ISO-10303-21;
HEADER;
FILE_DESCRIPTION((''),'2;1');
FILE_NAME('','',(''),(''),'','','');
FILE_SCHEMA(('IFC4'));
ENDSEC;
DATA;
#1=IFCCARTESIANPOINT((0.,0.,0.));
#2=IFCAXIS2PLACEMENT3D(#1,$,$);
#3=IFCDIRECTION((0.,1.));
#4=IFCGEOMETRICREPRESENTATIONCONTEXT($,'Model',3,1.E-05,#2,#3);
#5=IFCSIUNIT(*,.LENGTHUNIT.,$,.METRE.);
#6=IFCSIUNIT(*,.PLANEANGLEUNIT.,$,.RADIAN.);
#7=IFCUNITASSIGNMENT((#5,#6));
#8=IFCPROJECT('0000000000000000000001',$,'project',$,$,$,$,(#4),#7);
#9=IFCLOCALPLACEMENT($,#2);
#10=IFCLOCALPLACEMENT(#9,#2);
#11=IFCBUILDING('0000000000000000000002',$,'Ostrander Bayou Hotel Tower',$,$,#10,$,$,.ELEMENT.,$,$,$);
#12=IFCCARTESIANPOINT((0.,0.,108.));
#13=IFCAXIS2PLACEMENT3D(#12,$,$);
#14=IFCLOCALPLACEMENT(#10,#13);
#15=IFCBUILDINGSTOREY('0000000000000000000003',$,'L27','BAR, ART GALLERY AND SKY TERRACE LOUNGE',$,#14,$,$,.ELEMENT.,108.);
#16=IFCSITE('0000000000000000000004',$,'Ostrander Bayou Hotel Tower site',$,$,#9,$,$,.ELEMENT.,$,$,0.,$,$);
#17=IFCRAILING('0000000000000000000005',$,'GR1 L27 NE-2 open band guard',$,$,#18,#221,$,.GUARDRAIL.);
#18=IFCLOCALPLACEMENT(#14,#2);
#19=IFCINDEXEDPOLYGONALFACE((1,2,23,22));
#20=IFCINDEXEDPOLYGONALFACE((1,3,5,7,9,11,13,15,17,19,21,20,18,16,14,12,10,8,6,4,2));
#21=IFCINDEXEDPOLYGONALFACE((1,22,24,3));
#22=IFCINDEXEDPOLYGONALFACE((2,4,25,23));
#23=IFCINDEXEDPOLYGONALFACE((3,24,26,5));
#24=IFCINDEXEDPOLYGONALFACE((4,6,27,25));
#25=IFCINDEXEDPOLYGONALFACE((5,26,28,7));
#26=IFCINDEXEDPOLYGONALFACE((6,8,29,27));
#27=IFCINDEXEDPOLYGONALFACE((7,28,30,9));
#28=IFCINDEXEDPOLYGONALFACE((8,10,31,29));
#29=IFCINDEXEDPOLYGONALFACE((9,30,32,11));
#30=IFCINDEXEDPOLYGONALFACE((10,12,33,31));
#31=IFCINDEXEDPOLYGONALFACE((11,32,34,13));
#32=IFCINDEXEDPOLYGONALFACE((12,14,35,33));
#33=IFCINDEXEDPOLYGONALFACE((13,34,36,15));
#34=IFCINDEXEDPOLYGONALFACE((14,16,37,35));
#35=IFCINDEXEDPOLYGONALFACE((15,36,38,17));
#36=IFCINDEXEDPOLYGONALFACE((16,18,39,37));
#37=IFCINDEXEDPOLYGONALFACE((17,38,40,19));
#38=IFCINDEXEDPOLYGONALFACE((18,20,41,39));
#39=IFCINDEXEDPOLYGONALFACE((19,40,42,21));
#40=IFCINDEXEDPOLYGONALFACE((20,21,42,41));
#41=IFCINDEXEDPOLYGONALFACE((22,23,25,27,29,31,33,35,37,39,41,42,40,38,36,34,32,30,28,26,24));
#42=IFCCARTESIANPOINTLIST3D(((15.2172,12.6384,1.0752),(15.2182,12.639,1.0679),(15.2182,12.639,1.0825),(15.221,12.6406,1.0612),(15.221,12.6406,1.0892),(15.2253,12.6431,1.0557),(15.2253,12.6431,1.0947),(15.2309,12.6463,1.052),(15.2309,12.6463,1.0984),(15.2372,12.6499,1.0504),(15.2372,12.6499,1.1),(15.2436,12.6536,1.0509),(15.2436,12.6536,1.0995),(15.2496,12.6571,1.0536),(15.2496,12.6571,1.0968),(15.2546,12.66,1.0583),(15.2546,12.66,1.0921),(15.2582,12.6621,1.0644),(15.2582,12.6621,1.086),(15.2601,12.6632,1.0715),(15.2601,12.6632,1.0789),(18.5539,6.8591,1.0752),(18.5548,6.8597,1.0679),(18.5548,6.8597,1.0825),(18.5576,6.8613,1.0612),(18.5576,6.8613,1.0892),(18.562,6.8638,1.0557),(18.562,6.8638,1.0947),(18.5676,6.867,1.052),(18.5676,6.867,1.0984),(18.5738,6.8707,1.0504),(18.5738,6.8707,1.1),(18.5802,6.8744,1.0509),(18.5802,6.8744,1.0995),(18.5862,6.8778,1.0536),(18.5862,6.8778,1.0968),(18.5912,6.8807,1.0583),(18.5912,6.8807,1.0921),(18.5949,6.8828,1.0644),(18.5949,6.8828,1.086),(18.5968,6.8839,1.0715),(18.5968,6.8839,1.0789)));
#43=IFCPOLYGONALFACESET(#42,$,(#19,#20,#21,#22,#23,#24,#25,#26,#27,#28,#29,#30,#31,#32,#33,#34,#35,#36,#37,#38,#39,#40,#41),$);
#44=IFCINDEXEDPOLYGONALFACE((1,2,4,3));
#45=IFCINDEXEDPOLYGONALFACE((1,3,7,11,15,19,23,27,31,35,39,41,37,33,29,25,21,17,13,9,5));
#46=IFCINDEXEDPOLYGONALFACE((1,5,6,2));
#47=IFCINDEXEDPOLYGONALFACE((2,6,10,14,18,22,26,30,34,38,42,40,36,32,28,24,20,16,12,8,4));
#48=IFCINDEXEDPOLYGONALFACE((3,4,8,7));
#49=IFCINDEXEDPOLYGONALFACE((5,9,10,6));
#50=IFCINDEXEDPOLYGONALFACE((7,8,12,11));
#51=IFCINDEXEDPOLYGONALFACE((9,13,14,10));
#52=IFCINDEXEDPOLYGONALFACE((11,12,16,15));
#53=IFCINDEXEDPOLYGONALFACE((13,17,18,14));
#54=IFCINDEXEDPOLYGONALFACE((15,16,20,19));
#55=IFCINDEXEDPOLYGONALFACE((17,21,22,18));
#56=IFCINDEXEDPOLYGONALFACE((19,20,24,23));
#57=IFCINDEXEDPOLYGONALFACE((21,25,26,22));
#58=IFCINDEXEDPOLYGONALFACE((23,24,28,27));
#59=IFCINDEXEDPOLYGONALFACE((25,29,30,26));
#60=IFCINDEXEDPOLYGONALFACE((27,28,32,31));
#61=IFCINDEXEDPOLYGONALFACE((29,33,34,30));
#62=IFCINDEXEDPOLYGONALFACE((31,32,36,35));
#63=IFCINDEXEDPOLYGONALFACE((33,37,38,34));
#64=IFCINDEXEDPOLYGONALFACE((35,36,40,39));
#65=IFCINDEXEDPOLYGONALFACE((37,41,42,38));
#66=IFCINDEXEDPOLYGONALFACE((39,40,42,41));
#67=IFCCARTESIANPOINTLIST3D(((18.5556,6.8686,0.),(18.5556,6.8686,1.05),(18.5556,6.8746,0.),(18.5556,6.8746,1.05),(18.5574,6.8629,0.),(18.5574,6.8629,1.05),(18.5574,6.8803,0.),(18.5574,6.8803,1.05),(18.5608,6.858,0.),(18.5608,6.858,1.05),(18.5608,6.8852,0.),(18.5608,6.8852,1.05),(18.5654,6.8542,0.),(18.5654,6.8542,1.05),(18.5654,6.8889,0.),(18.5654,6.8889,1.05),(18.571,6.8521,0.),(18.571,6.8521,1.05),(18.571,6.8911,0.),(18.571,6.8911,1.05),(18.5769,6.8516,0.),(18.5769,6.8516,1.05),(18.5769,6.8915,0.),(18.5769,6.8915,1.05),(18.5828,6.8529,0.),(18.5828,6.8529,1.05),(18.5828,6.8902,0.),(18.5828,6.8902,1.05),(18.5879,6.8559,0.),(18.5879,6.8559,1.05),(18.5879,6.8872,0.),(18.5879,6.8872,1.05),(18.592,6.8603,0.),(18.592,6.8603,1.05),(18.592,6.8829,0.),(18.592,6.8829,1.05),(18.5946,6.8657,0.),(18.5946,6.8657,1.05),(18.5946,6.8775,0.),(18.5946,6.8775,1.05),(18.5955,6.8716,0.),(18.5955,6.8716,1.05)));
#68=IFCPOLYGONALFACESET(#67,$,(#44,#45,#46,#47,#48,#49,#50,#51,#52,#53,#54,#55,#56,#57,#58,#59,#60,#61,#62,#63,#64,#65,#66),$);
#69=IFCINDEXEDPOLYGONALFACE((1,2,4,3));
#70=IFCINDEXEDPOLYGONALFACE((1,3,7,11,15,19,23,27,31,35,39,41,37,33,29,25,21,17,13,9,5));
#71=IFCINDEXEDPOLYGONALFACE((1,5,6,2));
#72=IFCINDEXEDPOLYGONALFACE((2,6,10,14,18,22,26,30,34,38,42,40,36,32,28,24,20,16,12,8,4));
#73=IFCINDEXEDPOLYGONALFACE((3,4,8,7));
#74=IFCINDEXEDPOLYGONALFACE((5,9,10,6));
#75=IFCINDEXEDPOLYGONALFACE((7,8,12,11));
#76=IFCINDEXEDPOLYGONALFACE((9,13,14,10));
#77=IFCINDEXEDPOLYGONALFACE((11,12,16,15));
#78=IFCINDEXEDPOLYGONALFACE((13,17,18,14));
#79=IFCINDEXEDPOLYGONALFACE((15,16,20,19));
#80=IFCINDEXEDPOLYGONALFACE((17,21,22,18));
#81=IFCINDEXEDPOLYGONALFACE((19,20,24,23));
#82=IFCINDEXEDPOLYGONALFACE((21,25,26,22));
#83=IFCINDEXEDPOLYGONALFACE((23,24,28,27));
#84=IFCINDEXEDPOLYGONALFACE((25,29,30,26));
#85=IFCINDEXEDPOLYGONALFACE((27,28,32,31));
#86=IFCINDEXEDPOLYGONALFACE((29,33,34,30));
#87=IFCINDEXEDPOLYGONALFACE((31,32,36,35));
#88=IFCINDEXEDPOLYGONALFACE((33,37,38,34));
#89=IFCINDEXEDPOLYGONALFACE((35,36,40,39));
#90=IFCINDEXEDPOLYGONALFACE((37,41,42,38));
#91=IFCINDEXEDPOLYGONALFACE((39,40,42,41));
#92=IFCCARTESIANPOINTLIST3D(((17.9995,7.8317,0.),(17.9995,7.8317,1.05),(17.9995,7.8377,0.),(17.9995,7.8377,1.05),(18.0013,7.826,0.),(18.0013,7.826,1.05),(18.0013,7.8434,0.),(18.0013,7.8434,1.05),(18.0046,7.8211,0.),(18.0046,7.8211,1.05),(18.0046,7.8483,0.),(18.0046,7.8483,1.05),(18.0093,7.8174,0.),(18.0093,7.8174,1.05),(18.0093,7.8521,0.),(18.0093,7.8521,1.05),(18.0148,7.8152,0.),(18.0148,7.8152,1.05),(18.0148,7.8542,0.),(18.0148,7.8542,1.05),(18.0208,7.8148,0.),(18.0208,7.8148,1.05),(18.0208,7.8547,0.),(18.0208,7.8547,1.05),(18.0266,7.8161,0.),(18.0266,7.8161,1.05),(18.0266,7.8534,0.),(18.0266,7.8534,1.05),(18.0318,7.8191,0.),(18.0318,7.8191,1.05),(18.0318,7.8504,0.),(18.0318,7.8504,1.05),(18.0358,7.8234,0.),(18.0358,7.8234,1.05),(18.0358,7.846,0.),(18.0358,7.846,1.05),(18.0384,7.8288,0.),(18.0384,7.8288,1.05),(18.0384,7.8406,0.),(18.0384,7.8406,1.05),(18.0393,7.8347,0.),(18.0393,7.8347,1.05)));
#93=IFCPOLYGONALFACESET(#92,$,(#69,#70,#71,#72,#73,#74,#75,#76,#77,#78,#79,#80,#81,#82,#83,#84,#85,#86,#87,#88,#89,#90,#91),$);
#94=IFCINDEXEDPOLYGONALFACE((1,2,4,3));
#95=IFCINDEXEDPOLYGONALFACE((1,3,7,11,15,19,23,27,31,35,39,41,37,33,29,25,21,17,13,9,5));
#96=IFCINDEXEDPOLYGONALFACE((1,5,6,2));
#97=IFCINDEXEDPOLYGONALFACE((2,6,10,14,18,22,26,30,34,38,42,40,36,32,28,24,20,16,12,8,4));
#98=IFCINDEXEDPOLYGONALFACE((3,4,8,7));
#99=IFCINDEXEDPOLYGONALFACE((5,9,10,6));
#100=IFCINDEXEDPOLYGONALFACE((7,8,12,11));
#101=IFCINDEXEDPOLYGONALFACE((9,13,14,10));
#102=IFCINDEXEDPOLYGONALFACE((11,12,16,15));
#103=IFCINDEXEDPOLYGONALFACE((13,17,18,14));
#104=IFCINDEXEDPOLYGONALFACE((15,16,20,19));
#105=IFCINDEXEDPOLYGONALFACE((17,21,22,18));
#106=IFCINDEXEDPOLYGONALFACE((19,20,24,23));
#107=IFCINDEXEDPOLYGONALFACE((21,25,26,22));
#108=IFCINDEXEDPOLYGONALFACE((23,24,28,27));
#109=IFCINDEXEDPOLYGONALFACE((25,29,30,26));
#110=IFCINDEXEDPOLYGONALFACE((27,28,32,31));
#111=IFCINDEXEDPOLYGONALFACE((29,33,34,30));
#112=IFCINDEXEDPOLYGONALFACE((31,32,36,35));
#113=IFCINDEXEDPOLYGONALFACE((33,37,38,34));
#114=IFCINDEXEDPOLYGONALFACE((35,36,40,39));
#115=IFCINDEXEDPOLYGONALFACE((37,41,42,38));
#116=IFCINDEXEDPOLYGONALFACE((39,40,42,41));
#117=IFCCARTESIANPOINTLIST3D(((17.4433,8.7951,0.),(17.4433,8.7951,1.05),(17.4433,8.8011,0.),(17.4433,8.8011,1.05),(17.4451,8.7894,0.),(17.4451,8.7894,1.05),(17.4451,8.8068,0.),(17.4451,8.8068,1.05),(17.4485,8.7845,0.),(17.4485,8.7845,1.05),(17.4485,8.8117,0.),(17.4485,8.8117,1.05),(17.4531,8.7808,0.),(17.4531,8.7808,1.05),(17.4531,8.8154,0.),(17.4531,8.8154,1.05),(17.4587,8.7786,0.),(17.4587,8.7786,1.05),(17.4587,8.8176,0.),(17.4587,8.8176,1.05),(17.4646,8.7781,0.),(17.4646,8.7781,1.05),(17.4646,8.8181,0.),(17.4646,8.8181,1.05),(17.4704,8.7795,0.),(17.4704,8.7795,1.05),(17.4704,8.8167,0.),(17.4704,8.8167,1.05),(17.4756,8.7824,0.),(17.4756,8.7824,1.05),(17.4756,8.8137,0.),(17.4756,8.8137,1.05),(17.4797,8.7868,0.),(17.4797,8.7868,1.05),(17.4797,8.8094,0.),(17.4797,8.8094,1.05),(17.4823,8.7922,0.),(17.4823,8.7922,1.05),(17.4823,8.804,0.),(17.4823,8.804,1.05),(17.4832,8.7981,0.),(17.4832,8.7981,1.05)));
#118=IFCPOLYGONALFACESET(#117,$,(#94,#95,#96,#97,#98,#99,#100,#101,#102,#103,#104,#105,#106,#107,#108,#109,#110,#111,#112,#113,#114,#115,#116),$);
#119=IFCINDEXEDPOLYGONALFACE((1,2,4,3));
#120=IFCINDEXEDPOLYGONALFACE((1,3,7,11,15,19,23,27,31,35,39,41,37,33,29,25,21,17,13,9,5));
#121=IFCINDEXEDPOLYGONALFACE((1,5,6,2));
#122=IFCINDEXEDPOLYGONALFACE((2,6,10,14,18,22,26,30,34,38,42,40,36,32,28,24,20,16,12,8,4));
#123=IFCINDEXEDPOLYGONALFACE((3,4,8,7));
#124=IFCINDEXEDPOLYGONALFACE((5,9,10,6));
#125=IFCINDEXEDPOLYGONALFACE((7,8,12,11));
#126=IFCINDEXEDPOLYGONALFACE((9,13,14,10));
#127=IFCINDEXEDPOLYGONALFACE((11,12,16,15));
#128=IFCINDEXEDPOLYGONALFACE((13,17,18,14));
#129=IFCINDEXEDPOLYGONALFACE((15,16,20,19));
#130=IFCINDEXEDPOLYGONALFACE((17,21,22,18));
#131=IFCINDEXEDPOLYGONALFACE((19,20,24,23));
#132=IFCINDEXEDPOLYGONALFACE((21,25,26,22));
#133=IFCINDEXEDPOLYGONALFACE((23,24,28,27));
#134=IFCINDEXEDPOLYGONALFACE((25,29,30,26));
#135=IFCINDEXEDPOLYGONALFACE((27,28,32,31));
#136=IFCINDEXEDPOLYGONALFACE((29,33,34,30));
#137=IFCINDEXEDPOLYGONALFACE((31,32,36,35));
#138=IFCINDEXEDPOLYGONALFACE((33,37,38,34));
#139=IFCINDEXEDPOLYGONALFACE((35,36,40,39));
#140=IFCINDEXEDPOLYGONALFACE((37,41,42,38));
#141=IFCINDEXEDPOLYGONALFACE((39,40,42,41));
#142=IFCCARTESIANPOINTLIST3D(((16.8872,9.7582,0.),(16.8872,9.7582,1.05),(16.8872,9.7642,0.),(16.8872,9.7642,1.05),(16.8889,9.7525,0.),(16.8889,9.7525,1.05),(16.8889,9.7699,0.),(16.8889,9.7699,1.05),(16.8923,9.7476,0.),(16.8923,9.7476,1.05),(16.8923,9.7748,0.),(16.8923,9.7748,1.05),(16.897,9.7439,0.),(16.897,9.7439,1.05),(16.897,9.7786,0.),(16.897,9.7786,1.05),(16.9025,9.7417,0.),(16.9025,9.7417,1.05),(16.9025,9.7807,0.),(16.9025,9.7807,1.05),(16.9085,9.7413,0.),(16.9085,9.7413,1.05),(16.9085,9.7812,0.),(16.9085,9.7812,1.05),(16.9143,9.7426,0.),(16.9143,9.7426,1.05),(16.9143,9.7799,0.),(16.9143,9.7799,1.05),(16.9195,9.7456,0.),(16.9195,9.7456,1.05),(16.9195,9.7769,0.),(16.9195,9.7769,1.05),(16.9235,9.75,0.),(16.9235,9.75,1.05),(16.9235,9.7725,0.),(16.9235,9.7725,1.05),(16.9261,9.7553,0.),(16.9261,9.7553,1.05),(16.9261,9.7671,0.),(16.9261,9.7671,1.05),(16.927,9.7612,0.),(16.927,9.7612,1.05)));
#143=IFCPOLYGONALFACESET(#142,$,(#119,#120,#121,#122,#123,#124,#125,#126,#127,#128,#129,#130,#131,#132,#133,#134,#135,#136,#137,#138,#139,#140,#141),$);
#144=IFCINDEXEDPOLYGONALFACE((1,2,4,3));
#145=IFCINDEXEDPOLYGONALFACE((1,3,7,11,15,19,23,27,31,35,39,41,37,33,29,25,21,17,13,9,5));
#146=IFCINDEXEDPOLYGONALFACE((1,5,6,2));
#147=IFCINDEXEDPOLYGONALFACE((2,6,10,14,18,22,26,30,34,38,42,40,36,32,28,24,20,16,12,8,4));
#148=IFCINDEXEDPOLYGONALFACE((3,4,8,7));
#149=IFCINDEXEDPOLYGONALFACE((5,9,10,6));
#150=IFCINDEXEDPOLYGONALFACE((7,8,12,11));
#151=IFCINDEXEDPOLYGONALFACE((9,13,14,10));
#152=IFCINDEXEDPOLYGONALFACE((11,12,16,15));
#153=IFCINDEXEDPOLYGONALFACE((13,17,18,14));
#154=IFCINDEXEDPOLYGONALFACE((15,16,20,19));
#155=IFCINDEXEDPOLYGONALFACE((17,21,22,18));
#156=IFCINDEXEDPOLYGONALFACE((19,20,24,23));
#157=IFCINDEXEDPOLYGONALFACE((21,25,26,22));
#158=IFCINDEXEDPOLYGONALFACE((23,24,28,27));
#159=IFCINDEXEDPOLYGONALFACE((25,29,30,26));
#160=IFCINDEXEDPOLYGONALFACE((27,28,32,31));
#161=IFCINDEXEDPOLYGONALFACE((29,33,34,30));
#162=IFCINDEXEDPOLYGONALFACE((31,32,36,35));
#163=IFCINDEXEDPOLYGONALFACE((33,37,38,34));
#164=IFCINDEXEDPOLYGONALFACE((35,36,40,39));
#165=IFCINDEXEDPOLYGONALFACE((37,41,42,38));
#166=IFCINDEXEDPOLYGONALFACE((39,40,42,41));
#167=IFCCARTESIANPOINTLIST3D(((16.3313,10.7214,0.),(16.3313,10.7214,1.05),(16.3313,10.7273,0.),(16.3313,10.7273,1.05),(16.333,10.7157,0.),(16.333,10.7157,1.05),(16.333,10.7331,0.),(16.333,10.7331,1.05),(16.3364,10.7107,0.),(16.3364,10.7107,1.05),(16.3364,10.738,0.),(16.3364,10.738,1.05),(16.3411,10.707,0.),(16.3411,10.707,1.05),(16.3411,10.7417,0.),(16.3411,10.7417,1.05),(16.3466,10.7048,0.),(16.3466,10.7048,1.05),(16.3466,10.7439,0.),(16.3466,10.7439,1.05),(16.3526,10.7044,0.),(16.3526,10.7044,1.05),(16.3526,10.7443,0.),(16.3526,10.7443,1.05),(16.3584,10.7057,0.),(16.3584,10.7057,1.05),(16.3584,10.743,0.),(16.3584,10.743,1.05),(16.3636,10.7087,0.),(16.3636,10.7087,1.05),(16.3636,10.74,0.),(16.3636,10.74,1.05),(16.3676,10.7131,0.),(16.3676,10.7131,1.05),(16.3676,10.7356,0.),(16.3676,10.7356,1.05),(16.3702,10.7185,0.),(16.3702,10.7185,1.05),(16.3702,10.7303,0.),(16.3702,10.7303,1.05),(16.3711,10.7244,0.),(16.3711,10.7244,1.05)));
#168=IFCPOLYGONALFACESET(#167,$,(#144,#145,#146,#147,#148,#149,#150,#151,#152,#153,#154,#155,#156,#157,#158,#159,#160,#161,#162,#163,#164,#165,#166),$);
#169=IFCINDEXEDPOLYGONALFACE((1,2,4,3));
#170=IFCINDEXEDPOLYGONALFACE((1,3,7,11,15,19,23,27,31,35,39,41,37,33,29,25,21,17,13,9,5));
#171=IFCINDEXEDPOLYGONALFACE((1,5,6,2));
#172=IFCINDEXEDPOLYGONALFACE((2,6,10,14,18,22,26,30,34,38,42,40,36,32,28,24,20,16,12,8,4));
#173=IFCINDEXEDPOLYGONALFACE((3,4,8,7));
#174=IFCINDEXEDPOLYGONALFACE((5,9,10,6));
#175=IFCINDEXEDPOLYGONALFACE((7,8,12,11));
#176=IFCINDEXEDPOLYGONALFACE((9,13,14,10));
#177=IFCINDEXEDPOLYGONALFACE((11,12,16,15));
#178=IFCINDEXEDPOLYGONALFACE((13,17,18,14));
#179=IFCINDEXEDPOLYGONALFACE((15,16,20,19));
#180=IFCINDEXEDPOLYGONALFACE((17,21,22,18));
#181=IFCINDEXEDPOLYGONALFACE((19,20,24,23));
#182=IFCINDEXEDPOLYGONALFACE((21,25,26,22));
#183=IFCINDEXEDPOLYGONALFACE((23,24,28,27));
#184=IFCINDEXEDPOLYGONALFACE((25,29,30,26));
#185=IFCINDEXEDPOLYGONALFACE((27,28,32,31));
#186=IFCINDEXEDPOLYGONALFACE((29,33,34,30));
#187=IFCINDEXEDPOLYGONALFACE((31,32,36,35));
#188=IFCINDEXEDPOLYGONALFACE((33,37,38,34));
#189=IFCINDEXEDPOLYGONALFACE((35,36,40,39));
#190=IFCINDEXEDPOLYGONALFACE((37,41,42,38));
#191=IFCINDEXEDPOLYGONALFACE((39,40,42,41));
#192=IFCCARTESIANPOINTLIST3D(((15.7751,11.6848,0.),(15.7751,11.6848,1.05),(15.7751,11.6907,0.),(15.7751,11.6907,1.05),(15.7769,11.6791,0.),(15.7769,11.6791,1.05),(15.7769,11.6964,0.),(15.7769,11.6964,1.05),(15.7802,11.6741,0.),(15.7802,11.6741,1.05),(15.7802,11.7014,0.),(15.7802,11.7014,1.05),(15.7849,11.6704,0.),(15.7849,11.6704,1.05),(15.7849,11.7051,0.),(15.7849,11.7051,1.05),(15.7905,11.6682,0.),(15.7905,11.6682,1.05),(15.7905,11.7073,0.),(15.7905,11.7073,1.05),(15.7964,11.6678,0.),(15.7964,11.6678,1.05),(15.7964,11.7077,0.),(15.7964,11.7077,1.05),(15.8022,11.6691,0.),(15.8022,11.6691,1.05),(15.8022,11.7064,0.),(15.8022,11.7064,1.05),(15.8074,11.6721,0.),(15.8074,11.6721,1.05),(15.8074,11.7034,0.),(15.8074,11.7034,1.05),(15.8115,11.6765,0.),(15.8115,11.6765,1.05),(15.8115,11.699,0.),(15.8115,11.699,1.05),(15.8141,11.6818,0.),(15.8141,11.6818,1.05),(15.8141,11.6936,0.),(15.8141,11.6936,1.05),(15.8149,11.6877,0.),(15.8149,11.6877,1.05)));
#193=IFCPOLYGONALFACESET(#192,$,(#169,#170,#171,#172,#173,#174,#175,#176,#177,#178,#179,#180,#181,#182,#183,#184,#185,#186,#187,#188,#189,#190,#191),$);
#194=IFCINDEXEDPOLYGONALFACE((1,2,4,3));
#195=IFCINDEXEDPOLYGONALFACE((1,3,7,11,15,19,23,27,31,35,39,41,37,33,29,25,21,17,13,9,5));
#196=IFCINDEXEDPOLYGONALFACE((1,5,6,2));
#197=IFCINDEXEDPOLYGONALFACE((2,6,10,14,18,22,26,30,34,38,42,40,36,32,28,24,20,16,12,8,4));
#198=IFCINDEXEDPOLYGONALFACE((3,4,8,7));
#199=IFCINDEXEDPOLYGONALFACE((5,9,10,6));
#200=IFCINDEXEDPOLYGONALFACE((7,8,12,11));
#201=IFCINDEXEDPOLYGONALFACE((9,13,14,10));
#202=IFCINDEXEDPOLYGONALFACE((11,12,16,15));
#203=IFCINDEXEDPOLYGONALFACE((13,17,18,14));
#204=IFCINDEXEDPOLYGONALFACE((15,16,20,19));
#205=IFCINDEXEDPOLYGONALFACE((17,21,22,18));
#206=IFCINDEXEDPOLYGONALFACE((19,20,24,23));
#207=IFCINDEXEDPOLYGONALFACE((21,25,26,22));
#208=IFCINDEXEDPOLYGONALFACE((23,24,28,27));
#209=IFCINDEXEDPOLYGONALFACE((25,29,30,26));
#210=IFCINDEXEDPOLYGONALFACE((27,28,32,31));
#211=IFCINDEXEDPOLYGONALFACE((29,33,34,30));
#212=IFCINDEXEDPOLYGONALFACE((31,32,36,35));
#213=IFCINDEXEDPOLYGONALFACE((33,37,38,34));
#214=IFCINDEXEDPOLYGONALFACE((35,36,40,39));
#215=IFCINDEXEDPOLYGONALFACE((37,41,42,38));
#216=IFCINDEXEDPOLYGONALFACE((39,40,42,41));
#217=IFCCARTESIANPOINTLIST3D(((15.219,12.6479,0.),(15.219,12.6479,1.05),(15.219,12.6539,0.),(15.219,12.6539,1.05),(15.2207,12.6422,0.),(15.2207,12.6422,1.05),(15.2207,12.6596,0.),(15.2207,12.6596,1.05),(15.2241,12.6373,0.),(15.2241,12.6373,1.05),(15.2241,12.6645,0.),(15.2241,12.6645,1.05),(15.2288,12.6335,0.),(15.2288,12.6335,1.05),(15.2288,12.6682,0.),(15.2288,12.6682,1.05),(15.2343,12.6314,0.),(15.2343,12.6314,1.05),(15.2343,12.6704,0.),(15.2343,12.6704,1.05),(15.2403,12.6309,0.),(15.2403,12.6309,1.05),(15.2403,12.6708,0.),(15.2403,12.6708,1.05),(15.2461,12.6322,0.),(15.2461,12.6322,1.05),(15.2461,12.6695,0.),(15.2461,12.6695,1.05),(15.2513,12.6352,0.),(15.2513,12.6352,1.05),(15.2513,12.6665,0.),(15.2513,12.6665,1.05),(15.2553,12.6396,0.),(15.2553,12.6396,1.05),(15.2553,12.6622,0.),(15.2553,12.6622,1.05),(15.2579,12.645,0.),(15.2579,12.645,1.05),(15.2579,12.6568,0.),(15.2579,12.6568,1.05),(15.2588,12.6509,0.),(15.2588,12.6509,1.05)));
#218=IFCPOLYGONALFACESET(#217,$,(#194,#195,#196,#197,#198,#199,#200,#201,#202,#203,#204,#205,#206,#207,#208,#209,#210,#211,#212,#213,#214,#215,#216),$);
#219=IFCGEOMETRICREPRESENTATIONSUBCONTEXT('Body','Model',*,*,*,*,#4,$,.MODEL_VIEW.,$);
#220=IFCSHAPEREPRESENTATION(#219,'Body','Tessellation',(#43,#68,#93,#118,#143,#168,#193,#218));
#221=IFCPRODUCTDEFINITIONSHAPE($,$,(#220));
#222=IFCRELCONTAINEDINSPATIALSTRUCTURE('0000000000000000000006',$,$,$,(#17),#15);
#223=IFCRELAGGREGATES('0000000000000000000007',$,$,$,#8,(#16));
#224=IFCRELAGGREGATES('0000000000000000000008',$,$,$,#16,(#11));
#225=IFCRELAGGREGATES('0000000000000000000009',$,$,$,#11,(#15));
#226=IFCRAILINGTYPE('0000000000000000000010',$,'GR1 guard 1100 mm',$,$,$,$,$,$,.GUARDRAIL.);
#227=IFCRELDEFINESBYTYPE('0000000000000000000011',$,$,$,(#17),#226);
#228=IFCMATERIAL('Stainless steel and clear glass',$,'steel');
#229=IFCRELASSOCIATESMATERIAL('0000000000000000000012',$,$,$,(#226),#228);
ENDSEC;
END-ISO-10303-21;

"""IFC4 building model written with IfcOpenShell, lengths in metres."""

from ifc_helpers import new_model, si_unit, direction, frame, origin, origin_2d, place, context, subcontext, project, spatial, circle, extrude, material, type_object, element, save


model = new_model("IFC4")

# Units and contexts
model_context = context("Model", 3, precision=1e-05, world=origin(), true_north=direction((0.0, 1.0)))
body_context = subcontext(model_context, "Body", "Model", "MODEL_VIEW")
ifc_project = project(units=[si_unit("LENGTHUNIT", "METRE"), si_unit("PLANEANGLEUNIT", "RADIAN")], contexts=[model_context])

# Site, building, storey
site_placement = place(None, origin())
site = spatial("IfcSite", under=ifc_project, at=site_placement, Name="Ostrander Bayou Hotel Tower site", CompositionType="ELEMENT", RefElevation=0.0)
building_placement = place(site_placement, origin())
building = spatial("IfcBuilding", under=site, at=building_placement, Name="Ostrander Bayou Hotel Tower", CompositionType="ELEMENT")
storey_placement = place(building_placement, frame((0.0, 0.0, 108.0)))
storey = spatial("IfcBuildingStorey", under=building, at=storey_placement, Name="L27", Description="BAR, ART GALLERY AND SKY TERRACE LOUNGE", CompositionType="ELEMENT", Elevation=108.0)

# Railing
ifc_material_1 = material(Name="Stainless steel and clear glass", Category="steel")
railing_type_1 = type_object("IfcRailingType", Name="GR1 guard 1100 mm", PredefinedType="GUARDRAIL", material=ifc_material_1)
railing_1_placement = place(storey_placement, frame((18.5754, 6.8716, 0.0)))
element("IfcRailing", 1, at=railing_1_placement, inside=storey, type_object=railing_type_1, Name="GR1 L27 NE-2 open band guard", PredefinedType="GUARDRAIL", context=body_context, shape_type="SweptSolid", body=[
    extrude(circle(Radius=0.0249, at=origin_2d()), frame((0.0, 0.0, 1.0752), z_axis=(-0.499999, 0.866026, 0.0), x_axis=(-0.866026, -0.499999, 0.0)), (0.0, 0.0, 1.0), 6.6733),
    extrude(circle(Radius=0.02, at=origin_2d()), origin(), (0.0, 0.0, 1.0), 1.05),
    extrude(circle(Radius=0.02, at=origin_2d()), frame((-0.5562, 0.9631, 0.0)), (0.0, 0.0, 1.0), 1.05),
    extrude(circle(Radius=0.02, at=origin_2d()), frame((-1.1123, 1.9265, 0.0)), (0.0, 0.0, 1.0), 1.05),
    extrude(circle(Radius=0.02, at=origin_2d()), frame((-1.6685, 2.8896, 0.0)), (0.0, 0.0, 1.0), 1.05),
    extrude(circle(Radius=0.02, at=origin_2d()), frame((-2.2244, 3.8528, 0.0)), (0.0, 0.0, 1.0), 1.05),
    extrude(circle(Radius=0.02, at=origin_2d()), frame((-2.7805, 4.8162, 0.0)), (0.0, 0.0, 1.0), 1.05),
    extrude(circle(Radius=0.02, at=origin_2d()), frame((-3.3367, 5.7793, 0.0)), (0.0, 0.0, 1.0), 1.05),
])

save(model, "model.ifc")
